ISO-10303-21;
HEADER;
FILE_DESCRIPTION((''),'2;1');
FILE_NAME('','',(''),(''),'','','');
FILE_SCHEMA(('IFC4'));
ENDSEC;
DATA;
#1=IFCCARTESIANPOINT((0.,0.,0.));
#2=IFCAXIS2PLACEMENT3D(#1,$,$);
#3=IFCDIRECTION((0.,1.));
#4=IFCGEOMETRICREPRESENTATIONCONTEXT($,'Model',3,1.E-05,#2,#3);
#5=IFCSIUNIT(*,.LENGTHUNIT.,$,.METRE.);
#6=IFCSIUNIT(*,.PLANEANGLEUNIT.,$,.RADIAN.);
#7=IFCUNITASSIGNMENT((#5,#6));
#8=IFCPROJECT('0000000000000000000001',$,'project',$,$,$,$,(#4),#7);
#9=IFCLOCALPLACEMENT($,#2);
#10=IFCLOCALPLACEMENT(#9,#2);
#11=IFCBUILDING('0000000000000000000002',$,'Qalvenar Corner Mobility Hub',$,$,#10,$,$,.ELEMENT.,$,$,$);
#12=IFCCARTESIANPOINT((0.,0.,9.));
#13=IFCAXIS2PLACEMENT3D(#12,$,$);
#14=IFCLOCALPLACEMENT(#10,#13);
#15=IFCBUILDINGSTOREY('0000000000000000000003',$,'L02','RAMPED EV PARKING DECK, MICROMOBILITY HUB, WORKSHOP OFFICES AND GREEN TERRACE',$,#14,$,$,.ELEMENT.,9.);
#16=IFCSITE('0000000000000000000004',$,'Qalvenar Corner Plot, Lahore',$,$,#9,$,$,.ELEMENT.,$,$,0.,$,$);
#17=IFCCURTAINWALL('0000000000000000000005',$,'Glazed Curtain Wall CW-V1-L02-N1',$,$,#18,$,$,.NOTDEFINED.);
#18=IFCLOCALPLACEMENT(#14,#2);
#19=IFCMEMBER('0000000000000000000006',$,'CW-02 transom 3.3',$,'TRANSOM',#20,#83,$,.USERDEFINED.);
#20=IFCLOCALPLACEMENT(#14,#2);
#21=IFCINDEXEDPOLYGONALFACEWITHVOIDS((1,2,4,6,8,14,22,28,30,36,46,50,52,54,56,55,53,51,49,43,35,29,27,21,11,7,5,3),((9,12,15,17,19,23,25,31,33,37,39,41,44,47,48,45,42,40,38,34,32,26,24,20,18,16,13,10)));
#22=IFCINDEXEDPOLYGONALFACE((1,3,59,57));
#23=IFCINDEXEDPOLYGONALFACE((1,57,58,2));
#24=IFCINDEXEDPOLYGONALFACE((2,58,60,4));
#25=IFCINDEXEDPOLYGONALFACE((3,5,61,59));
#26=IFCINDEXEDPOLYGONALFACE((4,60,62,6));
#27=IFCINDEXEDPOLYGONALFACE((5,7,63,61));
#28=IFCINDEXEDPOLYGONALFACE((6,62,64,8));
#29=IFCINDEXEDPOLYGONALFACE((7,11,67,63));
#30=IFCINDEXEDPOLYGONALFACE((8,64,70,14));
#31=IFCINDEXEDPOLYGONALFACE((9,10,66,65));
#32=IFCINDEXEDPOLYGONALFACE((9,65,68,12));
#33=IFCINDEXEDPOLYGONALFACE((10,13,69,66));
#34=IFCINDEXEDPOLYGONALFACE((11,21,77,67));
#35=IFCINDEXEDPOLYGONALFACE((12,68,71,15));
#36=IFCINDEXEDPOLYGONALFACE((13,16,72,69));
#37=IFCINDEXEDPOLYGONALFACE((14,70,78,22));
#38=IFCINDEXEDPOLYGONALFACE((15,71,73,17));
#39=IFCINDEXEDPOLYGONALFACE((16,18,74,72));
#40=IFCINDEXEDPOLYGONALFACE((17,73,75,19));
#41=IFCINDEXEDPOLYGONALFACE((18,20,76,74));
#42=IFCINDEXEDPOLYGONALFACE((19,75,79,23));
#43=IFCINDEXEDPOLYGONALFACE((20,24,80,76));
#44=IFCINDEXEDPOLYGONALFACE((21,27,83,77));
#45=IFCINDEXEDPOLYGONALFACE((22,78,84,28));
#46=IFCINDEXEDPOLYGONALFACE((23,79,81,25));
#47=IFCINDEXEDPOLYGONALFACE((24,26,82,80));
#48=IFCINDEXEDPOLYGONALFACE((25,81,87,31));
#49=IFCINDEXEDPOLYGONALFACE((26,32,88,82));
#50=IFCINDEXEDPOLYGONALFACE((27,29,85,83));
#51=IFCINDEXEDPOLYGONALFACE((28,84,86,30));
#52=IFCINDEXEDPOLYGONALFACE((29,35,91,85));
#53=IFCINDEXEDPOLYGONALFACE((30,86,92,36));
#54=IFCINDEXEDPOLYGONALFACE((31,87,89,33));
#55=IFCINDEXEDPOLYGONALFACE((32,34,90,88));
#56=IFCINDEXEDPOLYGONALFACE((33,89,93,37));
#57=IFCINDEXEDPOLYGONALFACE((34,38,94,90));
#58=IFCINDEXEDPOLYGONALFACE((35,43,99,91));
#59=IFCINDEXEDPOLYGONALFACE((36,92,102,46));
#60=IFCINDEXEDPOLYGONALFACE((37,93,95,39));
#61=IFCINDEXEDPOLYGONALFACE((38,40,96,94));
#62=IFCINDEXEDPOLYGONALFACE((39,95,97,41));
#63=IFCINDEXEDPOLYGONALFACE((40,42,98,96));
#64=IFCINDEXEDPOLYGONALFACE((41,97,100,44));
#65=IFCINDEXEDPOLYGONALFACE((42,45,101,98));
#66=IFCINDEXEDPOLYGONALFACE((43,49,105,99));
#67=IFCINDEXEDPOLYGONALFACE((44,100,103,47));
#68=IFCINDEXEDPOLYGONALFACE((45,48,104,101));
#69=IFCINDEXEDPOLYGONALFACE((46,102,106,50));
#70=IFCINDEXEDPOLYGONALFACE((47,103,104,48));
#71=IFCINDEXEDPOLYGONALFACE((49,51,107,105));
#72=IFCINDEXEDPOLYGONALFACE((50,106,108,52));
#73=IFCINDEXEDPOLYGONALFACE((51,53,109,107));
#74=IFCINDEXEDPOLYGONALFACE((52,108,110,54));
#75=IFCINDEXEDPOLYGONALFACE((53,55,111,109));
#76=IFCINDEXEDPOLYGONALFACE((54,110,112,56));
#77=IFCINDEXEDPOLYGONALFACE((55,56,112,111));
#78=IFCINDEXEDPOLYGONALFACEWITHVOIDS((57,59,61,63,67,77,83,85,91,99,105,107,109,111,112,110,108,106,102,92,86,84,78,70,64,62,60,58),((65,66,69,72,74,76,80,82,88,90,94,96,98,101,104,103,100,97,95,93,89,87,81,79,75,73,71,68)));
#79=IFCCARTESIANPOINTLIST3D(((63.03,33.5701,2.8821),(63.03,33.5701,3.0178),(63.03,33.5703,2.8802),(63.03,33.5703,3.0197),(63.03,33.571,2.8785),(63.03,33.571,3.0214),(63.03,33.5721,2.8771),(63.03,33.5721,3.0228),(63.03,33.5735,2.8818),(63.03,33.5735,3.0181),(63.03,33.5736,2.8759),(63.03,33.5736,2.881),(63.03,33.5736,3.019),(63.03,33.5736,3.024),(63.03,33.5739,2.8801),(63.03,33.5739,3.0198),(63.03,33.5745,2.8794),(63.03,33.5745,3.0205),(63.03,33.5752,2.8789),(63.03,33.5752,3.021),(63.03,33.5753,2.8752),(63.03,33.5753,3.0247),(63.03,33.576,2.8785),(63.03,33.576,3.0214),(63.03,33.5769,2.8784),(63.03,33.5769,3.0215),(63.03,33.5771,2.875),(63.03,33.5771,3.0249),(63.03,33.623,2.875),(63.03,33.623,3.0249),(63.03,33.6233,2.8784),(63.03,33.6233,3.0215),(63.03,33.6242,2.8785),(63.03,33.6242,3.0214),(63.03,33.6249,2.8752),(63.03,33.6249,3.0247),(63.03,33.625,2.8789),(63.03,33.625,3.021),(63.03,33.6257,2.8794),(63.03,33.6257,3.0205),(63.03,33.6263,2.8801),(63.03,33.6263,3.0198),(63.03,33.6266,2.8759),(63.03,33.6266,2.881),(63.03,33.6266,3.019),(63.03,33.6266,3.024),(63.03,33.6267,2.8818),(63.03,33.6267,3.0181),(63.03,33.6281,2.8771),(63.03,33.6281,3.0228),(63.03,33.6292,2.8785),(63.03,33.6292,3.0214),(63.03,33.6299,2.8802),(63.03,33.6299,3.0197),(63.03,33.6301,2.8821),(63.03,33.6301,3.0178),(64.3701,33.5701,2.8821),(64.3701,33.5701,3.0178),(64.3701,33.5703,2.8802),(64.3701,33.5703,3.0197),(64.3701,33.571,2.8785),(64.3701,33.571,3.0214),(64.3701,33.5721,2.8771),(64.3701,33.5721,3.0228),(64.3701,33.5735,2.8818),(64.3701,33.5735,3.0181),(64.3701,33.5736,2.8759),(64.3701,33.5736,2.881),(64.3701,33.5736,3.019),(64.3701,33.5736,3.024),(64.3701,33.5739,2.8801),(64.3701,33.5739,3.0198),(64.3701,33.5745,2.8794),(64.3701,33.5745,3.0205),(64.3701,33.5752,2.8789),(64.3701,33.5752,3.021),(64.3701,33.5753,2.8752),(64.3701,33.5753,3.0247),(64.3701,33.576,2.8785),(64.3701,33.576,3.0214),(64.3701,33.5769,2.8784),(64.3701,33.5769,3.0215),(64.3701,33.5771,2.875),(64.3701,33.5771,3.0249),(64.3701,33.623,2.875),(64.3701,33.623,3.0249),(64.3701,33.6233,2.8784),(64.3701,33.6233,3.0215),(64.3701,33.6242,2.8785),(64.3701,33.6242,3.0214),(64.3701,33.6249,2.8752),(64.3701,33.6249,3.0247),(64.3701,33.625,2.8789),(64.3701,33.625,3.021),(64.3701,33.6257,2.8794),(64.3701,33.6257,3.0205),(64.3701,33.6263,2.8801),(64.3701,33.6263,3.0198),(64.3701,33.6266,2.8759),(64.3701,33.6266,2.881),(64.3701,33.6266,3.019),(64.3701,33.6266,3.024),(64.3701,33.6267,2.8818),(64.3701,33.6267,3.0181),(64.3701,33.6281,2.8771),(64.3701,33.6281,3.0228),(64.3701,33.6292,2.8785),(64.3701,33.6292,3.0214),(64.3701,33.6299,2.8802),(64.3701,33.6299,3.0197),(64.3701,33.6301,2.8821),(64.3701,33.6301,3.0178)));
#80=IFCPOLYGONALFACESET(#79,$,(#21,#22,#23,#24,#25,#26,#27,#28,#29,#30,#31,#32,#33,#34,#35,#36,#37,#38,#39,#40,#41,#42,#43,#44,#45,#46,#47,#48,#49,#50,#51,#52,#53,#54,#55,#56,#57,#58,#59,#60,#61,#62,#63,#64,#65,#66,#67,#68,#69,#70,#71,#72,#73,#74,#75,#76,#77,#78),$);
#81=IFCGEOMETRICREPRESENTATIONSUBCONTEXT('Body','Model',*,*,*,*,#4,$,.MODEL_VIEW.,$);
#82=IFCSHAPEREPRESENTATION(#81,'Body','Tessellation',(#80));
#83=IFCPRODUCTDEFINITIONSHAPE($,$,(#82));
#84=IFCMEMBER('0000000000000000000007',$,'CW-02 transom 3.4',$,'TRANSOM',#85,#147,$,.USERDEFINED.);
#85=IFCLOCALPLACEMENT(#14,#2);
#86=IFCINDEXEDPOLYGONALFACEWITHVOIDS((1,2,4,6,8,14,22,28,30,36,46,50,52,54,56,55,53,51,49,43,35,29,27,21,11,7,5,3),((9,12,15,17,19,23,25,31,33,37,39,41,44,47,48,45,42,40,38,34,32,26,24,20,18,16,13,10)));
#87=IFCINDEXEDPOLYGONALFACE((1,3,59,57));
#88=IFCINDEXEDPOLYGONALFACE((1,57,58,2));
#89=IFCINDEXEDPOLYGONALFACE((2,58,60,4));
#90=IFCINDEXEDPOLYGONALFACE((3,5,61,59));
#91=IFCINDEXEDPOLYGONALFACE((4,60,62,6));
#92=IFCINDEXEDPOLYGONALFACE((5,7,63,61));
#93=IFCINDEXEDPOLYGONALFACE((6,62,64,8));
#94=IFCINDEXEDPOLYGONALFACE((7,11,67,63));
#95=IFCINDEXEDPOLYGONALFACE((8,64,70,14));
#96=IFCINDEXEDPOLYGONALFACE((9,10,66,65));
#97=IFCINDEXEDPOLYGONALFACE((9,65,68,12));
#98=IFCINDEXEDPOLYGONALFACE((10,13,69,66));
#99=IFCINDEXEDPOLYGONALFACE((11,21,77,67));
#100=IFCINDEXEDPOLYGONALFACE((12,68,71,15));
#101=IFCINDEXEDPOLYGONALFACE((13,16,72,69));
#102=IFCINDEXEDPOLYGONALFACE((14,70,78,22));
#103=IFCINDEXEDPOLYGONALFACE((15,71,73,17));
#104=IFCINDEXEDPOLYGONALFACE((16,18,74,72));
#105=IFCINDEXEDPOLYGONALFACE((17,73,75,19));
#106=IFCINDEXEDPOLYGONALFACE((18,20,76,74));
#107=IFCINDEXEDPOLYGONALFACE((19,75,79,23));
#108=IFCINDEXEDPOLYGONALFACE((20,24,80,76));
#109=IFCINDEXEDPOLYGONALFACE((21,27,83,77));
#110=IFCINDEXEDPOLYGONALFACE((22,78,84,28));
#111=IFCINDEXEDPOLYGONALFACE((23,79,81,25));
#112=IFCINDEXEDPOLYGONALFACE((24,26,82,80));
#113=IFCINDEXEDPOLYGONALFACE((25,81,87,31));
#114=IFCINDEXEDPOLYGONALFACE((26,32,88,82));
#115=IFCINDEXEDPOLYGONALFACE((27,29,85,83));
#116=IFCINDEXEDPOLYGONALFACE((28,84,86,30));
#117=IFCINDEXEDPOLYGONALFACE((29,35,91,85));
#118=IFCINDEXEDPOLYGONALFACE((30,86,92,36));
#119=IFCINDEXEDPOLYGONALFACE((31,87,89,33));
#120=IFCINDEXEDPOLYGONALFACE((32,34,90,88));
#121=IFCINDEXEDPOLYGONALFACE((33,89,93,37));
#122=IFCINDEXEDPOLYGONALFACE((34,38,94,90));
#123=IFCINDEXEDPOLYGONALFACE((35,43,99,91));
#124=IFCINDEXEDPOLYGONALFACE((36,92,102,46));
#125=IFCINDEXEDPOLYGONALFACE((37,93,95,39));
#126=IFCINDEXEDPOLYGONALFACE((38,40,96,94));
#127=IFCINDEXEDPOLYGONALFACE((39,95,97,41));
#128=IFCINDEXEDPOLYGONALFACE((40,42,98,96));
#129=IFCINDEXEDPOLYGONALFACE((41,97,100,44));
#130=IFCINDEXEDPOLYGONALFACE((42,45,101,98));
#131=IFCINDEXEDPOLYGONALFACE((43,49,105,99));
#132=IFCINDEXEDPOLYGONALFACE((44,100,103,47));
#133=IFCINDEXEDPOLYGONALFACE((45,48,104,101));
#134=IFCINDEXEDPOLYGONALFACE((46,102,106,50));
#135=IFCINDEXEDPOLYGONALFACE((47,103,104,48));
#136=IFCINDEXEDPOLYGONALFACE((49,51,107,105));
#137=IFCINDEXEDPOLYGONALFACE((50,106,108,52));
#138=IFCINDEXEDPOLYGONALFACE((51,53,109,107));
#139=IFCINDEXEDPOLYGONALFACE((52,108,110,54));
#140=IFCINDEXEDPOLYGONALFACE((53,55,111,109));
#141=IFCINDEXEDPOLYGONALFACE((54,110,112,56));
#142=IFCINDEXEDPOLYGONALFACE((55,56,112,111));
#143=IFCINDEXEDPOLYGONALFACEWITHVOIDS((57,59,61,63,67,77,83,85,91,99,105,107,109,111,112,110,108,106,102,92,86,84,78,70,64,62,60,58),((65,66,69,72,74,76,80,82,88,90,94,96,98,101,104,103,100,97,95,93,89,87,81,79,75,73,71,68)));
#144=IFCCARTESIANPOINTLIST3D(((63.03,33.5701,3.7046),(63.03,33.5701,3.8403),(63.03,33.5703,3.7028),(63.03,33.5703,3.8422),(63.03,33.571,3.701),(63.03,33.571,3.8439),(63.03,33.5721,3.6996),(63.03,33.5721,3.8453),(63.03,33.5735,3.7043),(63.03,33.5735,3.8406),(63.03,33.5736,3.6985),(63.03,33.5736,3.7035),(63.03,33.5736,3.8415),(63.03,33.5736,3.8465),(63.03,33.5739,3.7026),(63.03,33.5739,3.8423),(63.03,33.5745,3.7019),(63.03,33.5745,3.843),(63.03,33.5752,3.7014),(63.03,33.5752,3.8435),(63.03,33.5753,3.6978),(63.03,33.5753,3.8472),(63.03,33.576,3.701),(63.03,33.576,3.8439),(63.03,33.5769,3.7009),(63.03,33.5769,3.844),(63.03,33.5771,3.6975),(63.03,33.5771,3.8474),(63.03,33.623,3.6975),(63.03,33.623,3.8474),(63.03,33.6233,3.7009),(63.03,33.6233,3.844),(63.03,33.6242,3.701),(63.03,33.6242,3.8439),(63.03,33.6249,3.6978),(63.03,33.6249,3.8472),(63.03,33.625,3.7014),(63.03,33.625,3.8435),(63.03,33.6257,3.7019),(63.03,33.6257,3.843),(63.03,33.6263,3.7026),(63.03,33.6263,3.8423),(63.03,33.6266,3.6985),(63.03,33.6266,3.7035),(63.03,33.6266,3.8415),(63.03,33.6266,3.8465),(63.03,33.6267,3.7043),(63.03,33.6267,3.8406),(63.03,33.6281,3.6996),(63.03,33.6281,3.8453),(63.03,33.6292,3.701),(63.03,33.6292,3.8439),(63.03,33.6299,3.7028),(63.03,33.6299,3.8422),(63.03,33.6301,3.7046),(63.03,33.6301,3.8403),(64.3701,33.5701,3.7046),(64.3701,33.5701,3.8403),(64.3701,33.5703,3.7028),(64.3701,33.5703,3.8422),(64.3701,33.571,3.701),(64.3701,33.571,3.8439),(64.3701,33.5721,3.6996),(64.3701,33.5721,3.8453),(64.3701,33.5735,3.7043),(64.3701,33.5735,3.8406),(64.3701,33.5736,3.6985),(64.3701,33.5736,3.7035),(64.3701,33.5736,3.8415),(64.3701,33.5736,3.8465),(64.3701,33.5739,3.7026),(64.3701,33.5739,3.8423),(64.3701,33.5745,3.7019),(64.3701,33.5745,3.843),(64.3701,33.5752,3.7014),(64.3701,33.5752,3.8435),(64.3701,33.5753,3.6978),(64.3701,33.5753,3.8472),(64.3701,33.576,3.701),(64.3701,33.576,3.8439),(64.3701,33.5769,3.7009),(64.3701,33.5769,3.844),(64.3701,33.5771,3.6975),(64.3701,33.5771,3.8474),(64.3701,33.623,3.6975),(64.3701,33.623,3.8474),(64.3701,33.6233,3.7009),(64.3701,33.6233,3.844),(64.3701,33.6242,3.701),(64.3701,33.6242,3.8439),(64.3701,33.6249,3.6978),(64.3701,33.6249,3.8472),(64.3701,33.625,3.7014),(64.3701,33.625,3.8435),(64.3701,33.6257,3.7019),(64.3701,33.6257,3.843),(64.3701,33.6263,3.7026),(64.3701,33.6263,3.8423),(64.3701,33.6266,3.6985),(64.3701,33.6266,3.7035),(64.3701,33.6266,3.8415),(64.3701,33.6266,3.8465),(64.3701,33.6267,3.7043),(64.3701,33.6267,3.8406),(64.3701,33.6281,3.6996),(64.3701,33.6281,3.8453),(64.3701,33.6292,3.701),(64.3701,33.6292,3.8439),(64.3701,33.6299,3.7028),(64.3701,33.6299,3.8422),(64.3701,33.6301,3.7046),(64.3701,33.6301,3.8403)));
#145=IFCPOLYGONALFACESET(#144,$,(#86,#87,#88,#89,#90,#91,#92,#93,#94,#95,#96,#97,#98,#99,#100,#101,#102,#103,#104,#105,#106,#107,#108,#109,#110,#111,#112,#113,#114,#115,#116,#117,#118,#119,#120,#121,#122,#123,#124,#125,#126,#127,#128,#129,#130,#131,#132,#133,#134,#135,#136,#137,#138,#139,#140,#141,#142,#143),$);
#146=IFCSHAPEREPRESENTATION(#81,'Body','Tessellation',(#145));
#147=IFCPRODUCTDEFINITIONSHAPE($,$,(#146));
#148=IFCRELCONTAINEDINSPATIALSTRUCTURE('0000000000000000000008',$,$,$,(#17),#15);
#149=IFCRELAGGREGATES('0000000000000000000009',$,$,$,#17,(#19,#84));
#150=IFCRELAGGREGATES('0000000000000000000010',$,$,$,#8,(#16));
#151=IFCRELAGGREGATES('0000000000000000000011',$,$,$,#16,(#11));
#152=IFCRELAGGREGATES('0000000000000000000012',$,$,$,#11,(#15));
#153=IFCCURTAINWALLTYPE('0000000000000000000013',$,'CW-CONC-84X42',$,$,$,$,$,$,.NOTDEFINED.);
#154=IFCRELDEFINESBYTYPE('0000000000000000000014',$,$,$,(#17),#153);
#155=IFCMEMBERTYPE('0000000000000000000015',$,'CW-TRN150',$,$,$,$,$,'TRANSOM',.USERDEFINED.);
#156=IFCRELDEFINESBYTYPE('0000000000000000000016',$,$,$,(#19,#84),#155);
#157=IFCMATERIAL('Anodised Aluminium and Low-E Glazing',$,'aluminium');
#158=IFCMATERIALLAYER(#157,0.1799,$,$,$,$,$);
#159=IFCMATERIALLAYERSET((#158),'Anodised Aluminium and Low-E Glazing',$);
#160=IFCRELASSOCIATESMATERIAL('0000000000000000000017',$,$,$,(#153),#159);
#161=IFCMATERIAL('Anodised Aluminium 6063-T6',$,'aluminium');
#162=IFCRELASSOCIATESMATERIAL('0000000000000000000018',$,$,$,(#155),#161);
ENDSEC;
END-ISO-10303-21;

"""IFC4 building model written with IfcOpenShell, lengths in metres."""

from ifc_helpers import new_model, si_unit, direction, frame, origin, origin_2d, place, context, subcontext, project, spatial, hollow_rectangle, extrude, material, layer, layer_set, material_profile, profile_set, type_object, element, aggregate, save


model = new_model("IFC4")

# Units and contexts
model_context = context("Model", 3, precision=1e-05, world=origin(), true_north=direction((0.0, 1.0)))
body_context = subcontext(model_context, "Body", "Model", "MODEL_VIEW")
ifc_project = project(units=[si_unit("LENGTHUNIT", "METRE"), si_unit("PLANEANGLEUNIT", "RADIAN")], contexts=[model_context])

# Site, building, storey
site_placement = place(None, origin())
site = spatial("IfcSite", under=ifc_project, at=site_placement, Name="Qalvenar Corner Plot, Lahore", CompositionType="ELEMENT", RefElevation=0.0)
building_placement = place(site_placement, origin())
building = spatial("IfcBuilding", under=site, at=building_placement, Name="Qalvenar Corner Mobility Hub", CompositionType="ELEMENT")
storey_placement = place(building_placement, frame((0.0, 0.0, 9.0)))
storey = spatial("IfcBuildingStorey", under=building, at=storey_placement, Name="L02", Description="RAMPED EV PARKING DECK, MICROMOBILITY HUB, WORKSHOP OFFICES AND GREEN TERRACE", CompositionType="ELEMENT", Elevation=9.0)

# Shared definitions
ifc_material_1 = material(Name="Anodised Aluminium and Low-E Glazing", Category="aluminium")
ifc_material_2 = material(Name="Anodised Aluminium 6063-T6", Category="aluminium")

# Curtain wall, members
ifc_layer_1 = layer(ifc_material_1, 0.1799)
ifc_layer_set_1 = layer_set([ifc_layer_1], Name="Anodised Aluminium and Low-E Glazing")
curtain_wall_type_1 = type_object("IfcCurtainWallType", Name="CW-CONC-84X42", PredefinedType="NOTDEFINED", material=ifc_layer_set_1)
curtain_wall_1_placement = place(storey_placement, origin())
curtain_wall_1 = element("IfcCurtainWall", 1, at=curtain_wall_1_placement, inside=storey, type_object=curtain_wall_type_1, Name="Glazed Curtain Wall CW-V1-L02-N1", PredefinedType="NOTDEFINED")
ifc_material_profile_1 = material_profile(ifc_material_2, hollow_rectangle(XDim=0.0601, YDim=0.1499, WallThickness=0.0034, InnerFilletRadius=0.0034, OuterFilletRadius=0.0071, at=origin_2d()), Name="RHS150x60x3.5")
ifc_profile_set_1 = profile_set([ifc_material_profile_1], Name="Anodised Aluminium 6063-T6")
member_type_1 = type_object("IfcMemberType", Name="CW-TRN150", ElementType="TRANSOM", PredefinedType="USERDEFINED", material=ifc_profile_set_1)
member_1_placement = place(storey_placement, frame((64.3701, 33.6001, 2.95), z_axis=(-1.0, 0.0, 0.0), x_axis=(0.0, -1.0, 0.0)))
member_1 = element("IfcMember", 2, at=member_1_placement, type_object=member_type_1, Name="CW-02 transom 3.3", ObjectType="TRANSOM", PredefinedType="USERDEFINED", context=body_context, shape_type="SweptSolid", body=[
    extrude(hollow_rectangle(XDim=0.0601, YDim=0.1499, WallThickness=0.0034, InnerFilletRadius=0.0034, OuterFilletRadius=0.0071, at=origin_2d()), origin(), (0.0, 0.0, 1.0), 1.3401),
])
member_2_placement = place(storey_placement, frame((64.3701, 33.6001, 3.7725), z_axis=(-1.0, 0.0, 0.0), x_axis=(0.0, -1.0, 0.0)))
member_2 = element("IfcMember", 3, at=member_2_placement, type_object=member_type_1, Name="CW-02 transom 3.4", ObjectType="TRANSOM", PredefinedType="USERDEFINED", context=body_context, shape_type="SweptSolid", body=[
    extrude(hollow_rectangle(XDim=0.0601, YDim=0.1499, WallThickness=0.0034, InnerFilletRadius=0.0034, OuterFilletRadius=0.0071, at=origin_2d()), origin(), (0.0, 0.0, 1.0), 1.3401),
])
aggregate(curtain_wall_1, [member_1, member_2])

save(model, "model.ifc")
